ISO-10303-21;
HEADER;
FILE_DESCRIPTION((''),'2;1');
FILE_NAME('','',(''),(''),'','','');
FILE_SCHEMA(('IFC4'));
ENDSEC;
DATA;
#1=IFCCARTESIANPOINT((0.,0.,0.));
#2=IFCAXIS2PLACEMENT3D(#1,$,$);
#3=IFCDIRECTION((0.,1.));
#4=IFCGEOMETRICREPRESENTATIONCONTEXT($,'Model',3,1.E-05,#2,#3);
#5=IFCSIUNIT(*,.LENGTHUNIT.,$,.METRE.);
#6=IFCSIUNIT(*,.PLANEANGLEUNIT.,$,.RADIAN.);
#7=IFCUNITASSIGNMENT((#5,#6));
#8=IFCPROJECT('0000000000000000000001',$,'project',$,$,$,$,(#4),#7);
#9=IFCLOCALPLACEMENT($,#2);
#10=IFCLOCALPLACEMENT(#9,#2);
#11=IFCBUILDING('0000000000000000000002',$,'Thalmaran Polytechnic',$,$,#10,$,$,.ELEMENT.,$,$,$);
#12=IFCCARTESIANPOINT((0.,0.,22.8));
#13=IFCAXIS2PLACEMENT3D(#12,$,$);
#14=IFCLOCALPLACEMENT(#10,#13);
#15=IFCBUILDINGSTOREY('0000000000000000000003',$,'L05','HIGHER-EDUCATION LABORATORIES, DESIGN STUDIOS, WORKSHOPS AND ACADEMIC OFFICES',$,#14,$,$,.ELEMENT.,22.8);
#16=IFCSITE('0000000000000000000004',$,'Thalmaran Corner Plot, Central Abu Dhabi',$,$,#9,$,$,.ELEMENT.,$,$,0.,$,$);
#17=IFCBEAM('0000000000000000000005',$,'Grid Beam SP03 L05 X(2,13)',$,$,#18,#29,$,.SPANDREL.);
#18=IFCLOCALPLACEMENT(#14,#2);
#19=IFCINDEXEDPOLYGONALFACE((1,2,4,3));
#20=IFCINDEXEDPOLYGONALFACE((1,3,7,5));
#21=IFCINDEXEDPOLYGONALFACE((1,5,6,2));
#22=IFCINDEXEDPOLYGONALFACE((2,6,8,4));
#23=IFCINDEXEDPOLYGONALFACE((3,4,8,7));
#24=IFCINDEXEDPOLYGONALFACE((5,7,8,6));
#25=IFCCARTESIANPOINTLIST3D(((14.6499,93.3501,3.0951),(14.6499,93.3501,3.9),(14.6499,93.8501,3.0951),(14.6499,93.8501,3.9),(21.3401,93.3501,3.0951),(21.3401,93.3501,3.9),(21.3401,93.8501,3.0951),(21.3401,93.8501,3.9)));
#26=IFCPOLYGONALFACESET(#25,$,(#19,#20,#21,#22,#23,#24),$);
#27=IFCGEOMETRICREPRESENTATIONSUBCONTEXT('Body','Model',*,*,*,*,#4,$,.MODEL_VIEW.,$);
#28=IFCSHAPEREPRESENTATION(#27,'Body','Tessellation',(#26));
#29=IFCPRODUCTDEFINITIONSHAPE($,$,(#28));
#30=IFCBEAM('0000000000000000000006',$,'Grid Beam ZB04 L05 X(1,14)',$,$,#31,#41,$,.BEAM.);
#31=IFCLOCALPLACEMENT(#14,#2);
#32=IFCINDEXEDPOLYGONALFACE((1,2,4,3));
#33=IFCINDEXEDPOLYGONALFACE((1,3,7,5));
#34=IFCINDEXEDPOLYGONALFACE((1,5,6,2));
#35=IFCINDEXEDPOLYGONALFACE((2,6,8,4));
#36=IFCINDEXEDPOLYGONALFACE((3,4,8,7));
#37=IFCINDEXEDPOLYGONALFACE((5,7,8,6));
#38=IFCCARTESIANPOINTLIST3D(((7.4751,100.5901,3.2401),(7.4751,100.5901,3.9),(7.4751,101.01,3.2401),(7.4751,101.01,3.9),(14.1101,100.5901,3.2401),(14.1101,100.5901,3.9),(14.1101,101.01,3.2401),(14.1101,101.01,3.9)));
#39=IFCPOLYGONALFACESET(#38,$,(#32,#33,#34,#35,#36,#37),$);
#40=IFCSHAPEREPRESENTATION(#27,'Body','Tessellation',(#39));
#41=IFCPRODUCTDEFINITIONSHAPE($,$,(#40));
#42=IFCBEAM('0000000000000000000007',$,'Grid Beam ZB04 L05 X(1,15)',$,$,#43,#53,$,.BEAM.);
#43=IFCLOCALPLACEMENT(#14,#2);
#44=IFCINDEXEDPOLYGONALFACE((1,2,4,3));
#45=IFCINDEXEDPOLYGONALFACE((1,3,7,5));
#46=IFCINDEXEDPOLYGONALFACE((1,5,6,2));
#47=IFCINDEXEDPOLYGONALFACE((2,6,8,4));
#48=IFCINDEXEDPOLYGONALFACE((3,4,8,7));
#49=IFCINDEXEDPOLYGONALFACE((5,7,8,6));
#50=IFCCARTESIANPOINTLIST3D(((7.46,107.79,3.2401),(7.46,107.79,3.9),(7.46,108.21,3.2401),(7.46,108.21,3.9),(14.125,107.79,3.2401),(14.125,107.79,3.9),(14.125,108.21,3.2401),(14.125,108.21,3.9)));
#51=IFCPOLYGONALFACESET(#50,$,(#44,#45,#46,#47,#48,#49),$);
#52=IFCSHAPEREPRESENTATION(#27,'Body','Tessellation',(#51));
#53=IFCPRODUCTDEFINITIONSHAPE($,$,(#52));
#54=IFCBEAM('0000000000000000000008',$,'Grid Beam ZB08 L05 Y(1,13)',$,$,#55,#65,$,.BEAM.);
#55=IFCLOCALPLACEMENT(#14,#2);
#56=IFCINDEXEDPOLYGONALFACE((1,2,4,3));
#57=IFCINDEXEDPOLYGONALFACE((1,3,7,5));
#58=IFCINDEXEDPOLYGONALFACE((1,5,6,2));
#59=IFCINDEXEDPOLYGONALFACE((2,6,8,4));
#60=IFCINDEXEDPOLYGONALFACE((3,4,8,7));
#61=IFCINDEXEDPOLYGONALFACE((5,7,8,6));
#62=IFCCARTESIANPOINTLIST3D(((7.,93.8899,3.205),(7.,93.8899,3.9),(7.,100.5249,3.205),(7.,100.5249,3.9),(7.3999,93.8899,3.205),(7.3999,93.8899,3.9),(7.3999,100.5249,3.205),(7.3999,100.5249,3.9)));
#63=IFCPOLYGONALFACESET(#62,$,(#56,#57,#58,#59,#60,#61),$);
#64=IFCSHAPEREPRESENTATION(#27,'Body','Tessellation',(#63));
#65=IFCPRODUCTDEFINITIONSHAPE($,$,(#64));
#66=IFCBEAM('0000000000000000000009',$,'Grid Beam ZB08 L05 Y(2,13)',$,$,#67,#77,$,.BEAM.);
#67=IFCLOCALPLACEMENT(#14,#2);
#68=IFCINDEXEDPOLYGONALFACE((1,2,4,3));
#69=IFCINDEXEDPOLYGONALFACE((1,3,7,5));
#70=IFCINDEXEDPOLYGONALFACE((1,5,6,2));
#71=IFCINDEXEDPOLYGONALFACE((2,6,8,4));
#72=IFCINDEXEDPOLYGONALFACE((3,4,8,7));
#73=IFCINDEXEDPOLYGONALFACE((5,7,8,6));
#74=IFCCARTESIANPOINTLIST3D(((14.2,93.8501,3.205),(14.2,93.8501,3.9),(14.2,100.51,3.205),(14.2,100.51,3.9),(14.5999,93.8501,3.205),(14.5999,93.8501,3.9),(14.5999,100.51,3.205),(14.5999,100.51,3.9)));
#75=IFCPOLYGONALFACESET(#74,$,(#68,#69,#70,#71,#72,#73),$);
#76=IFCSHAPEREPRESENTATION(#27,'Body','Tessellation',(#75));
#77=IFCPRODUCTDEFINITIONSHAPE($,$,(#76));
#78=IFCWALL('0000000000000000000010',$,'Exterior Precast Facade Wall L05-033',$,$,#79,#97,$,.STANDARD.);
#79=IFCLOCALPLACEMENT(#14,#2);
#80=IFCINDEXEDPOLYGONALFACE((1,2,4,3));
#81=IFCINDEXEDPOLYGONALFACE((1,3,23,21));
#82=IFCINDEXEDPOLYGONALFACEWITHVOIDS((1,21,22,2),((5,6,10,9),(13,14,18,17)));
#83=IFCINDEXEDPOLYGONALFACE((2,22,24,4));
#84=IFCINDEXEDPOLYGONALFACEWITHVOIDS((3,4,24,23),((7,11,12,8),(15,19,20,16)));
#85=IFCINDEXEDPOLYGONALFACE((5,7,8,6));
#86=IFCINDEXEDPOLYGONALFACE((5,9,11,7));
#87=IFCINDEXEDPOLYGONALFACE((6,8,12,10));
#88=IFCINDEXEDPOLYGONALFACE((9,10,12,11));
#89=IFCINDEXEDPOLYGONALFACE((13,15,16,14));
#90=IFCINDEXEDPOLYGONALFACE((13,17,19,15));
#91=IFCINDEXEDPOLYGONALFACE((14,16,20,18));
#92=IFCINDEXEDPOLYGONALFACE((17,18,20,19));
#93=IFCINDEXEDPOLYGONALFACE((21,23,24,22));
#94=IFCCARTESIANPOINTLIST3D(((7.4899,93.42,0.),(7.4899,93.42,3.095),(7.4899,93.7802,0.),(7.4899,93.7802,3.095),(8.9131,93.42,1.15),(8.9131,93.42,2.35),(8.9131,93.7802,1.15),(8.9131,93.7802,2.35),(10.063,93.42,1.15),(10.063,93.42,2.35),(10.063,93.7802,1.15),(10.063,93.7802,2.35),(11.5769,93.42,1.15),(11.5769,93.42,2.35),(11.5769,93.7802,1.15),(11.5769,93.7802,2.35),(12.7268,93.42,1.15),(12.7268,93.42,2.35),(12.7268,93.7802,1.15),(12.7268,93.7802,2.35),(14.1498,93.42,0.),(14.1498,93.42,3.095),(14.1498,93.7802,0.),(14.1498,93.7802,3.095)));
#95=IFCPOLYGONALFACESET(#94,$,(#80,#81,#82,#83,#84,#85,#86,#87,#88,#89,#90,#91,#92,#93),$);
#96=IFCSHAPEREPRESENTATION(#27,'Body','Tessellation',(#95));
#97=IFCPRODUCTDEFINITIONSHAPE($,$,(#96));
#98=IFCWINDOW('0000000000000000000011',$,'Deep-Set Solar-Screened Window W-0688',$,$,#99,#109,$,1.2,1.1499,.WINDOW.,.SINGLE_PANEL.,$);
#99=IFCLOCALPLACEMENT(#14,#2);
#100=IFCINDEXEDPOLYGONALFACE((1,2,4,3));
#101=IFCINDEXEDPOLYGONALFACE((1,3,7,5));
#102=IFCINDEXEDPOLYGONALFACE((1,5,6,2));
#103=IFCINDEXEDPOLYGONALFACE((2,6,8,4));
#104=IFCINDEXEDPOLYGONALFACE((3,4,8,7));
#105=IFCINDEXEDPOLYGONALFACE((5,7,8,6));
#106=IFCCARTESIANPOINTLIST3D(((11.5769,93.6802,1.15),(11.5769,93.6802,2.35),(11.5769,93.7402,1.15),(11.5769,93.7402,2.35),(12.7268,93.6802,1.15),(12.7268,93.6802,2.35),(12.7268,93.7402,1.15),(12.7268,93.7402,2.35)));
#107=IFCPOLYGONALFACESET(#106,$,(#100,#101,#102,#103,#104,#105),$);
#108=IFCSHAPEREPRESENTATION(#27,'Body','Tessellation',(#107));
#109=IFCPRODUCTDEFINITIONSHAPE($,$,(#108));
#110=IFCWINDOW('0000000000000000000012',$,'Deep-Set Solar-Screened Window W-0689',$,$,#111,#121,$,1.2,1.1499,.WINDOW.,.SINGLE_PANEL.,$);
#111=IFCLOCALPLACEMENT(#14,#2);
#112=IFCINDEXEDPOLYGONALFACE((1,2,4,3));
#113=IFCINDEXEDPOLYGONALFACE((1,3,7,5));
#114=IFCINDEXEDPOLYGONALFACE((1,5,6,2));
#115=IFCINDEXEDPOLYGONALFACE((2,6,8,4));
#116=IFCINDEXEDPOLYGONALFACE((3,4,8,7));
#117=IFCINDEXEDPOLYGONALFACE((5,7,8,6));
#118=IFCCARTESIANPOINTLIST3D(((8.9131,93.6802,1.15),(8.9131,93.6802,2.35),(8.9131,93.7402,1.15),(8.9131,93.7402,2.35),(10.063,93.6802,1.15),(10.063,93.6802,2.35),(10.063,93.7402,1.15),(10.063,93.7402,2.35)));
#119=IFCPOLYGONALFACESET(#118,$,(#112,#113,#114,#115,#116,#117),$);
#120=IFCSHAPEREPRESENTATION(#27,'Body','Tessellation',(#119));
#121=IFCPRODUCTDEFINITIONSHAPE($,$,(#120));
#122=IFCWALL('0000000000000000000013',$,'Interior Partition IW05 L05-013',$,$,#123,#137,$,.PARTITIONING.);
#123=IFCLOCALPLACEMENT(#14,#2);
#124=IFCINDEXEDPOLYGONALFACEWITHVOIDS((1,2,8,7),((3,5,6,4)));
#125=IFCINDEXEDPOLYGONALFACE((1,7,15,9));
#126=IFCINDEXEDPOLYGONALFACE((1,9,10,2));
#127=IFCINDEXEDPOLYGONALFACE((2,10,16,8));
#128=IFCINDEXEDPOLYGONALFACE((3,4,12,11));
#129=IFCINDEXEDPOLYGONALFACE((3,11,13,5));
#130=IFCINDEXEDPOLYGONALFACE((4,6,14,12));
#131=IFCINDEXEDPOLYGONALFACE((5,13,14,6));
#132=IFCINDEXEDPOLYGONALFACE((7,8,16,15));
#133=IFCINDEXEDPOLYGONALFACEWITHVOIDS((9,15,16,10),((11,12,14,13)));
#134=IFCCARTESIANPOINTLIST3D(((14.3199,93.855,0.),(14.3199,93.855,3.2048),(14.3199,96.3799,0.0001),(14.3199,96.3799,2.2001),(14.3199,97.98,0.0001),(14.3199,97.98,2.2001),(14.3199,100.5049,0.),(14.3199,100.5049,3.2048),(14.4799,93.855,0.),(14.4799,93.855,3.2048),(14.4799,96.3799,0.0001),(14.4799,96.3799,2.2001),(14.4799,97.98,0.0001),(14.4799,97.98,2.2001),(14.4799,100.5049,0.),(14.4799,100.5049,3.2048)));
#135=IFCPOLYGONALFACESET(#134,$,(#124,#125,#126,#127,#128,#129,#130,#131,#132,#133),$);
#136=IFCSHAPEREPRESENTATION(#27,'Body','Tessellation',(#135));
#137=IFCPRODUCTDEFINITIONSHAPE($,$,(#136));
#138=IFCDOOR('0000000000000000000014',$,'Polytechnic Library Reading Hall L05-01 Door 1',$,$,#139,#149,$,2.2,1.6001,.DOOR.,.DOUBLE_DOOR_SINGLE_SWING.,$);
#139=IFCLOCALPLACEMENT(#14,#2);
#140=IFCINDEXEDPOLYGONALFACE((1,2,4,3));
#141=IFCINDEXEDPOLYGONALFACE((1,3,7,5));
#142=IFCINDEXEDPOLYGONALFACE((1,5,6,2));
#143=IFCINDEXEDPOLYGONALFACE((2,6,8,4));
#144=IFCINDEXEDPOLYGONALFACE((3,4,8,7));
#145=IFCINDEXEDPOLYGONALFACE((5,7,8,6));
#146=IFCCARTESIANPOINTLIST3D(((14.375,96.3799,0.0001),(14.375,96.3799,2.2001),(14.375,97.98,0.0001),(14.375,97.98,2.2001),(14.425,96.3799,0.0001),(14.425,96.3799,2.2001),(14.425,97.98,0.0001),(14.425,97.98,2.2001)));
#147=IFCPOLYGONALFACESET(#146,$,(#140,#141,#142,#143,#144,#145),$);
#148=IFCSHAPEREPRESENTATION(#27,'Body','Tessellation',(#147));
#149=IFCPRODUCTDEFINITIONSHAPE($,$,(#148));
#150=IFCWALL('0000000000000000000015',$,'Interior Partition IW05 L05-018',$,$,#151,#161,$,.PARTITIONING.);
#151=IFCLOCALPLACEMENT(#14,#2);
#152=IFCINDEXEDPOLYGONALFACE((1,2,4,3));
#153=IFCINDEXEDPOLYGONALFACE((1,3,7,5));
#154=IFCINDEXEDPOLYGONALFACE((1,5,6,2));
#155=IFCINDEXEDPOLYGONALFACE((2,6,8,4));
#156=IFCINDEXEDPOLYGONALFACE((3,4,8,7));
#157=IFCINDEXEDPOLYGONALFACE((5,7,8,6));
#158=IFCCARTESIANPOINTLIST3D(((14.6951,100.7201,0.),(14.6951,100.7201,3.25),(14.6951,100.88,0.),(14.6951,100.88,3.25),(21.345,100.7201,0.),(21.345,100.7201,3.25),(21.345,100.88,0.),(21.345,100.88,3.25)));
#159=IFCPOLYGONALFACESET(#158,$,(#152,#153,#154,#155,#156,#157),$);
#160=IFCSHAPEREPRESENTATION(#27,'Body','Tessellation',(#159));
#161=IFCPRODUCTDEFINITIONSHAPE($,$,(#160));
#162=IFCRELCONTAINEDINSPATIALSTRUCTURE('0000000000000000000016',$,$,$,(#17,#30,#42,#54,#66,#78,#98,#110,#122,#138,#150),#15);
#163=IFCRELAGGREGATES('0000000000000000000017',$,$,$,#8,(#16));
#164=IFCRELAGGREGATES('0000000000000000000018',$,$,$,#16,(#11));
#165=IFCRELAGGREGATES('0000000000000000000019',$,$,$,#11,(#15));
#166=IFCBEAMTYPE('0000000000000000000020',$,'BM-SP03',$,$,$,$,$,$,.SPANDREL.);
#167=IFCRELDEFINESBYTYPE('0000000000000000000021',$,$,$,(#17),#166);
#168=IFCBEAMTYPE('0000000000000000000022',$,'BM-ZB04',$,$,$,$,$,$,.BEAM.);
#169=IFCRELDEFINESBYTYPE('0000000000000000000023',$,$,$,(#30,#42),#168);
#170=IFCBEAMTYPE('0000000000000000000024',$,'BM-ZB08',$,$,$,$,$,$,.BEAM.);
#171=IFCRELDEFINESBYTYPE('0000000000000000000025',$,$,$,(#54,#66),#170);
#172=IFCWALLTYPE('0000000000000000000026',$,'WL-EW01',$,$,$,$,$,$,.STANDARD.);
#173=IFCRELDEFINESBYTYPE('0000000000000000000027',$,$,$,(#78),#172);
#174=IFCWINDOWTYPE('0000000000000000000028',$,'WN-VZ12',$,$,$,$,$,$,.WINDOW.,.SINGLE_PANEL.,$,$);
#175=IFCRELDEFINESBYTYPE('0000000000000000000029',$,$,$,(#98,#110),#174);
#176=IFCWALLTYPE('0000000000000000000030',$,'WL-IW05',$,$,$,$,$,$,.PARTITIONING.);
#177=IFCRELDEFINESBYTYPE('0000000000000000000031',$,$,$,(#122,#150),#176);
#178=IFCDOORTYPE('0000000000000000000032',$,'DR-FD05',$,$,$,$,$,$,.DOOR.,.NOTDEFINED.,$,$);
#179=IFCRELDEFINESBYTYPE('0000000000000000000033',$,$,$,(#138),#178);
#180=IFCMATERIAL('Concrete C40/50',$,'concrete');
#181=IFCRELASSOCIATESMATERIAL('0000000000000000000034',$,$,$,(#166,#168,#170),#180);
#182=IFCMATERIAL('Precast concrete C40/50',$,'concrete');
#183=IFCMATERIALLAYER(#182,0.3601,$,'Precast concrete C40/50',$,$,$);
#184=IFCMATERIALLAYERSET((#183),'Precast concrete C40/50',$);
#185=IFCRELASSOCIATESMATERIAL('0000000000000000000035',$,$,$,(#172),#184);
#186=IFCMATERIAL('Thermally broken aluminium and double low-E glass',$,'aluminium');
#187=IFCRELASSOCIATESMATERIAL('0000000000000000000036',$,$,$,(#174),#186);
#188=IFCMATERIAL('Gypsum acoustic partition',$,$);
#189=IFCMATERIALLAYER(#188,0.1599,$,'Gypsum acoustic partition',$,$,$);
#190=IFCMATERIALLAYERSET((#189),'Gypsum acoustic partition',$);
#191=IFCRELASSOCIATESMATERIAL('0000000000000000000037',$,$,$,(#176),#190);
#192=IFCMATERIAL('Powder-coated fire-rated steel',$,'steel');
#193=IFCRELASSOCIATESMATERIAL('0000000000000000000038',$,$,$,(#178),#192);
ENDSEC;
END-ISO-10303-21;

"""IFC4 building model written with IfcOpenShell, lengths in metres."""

from ifc_helpers import new_model, si_unit, direction, frame, frame_2d, origin, origin_2d, place, context, subcontext, project, spatial, rectangle, extrude, material, layer, layer_set, material_profile, profile_set, type_object, element, fill, save


model = new_model("IFC4")

# Units and contexts
model_context = context("Model", 3, precision=1e-05, world=origin(), true_north=direction((0.0, 1.0)))
body_context = subcontext(model_context, "Body", "Model", "MODEL_VIEW")
ifc_project = project(units=[si_unit("LENGTHUNIT", "METRE"), si_unit("PLANEANGLEUNIT", "RADIAN")], contexts=[model_context])

# Site, building, storey
site_placement = place(None, origin())
site = spatial("IfcSite", under=ifc_project, at=site_placement, Name="Thalmaran Corner Plot, Central Abu Dhabi", CompositionType="ELEMENT", RefElevation=0.0)
building_placement = place(site_placement, origin())
building = spatial("IfcBuilding", under=site, at=building_placement, Name="Thalmaran Polytechnic", CompositionType="ELEMENT")
storey_placement = place(building_placement, frame((0.0, 0.0, 22.8)))
storey = spatial("IfcBuildingStorey", under=building, at=storey_placement, Name="L05", Description="HIGHER-EDUCATION LABORATORIES, DESIGN STUDIOS, WORKSHOPS AND ACADEMIC OFFICES", CompositionType="ELEMENT", Elevation=22.8)

# Shared definitions
ifc_material_1 = material(Name="Concrete C40/50", Category="concrete")

# Beams
ifc_material_profile_1 = material_profile(ifc_material_1, rectangle(XDim=0.5, YDim=0.8049, at=origin_2d()), Name="RC 500x805")
ifc_profile_set_1 = profile_set([ifc_material_profile_1], Name="Concrete C40/50")
beam_type_1 = type_object("IfcBeamType", Name="BM-SP03", PredefinedType="SPANDREL", material=ifc_profile_set_1)
beam_1_placement = place(storey_placement, frame((14.6499, 93.6001, 3.4976), z_axis=(1.0, 0.0, 0.0), x_axis=(0.0, 1.0, 0.0)))
element("IfcBeam", 1, at=beam_1_placement, inside=storey, type_object=beam_type_1, Name="Grid Beam SP03 L05 X(2,13)", PredefinedType="SPANDREL", context=body_context, shape_type="SweptSolid", body=[
    extrude(rectangle(XDim=0.5, YDim=0.8049, at=origin_2d()), origin(), (0.0, 0.0, 1.0), 6.6902),
])
ifc_material_profile_2 = material_profile(ifc_material_1, rectangle(XDim=0.4199, YDim=0.6599, at=origin_2d()), Name="RC 420x660")
ifc_profile_set_2 = profile_set([ifc_material_profile_2], Name="Concrete C40/50")
beam_type_2 = type_object("IfcBeamType", Name="BM-ZB04", PredefinedType="BEAM", material=ifc_profile_set_2)
beam_2_placement = place(storey_placement, frame((7.4751, 100.8, 3.5701), z_axis=(1.0, 0.0, 0.0), x_axis=(0.0, 1.0, 0.0)))
element("IfcBeam", 2, at=beam_2_placement, inside=storey, type_object=beam_type_2, Name="Grid Beam ZB04 L05 X(1,14)", PredefinedType="BEAM", context=body_context, shape_type="SweptSolid", body=[
    extrude(rectangle(XDim=0.4199, YDim=0.6599, at=origin_2d()), origin(), (0.0, 0.0, 1.0), 6.635),
])
beam_3_placement = place(storey_placement, frame((7.46, 108.0, 3.5701), z_axis=(1.0, 0.0, 0.0), x_axis=(0.0, 1.0, 0.0)))
element("IfcBeam", 3, at=beam_3_placement, inside=storey, type_object=beam_type_2, Name="Grid Beam ZB04 L05 X(1,15)", PredefinedType="BEAM", context=body_context, shape_type="SweptSolid", body=[
    extrude(rectangle(XDim=0.4199, YDim=0.6599, at=origin_2d()), origin(), (0.0, 0.0, 1.0), 6.665),
])
ifc_material_profile_3 = material_profile(ifc_material_1, rectangle(XDim=0.3999, YDim=0.6951, at=origin_2d()), Name="RC 400x695")
ifc_profile_set_3 = profile_set([ifc_material_profile_3], Name="Concrete C40/50")
beam_type_3 = type_object("IfcBeamType", Name="BM-ZB08", PredefinedType="BEAM", material=ifc_profile_set_3)
beam_4_placement = place(storey_placement, frame((7.2, 93.8899, 3.5525), z_axis=(0.0, 1.0, 0.0), x_axis=(-1.0, 0.0, 0.0)))
element("IfcBeam", 4, at=beam_4_placement, inside=storey, type_object=beam_type_3, Name="Grid Beam ZB08 L05 Y(1,13)", PredefinedType="BEAM", context=body_context, shape_type="SweptSolid", body=[
    extrude(rectangle(XDim=0.3999, YDim=0.6951, at=origin_2d()), origin(), (0.0, 0.0, 1.0), 6.635),
])
beam_5_placement = place(storey_placement, frame((14.3999, 93.8501, 3.5525), z_axis=(0.0, 1.0, 0.0), x_axis=(-1.0, 0.0, 0.0)))
element("IfcBeam", 5, at=beam_5_placement, inside=storey, type_object=beam_type_3, Name="Grid Beam ZB08 L05 Y(2,13)", PredefinedType="BEAM", context=body_context, shape_type="SweptSolid", body=[
    extrude(rectangle(XDim=0.3999, YDim=0.6951, at=origin_2d()), origin(), (0.0, 0.0, 1.0), 6.6599),
])

# Wall, openings, windows
ifc_material_2 = material(Name="Precast concrete C40/50", Category="concrete")
ifc_layer_1 = layer(ifc_material_2, 0.3601, Name="Precast concrete C40/50")
ifc_layer_set_1 = layer_set([ifc_layer_1], Name="Precast concrete C40/50")
wall_type_1 = type_object("IfcWallType", Name="WL-EW01", PredefinedType="STANDARD", material=ifc_layer_set_1)
wall_1_placement = place(storey_placement, frame((14.1499, 93.6001, 0.0), z_axis=(0.0, 0.0, 1.0), x_axis=(-1.0, 0.0, 0.0)))
wall_1 = element("IfcWall", 6, at=wall_1_placement, inside=storey, type_object=wall_type_1, Name="Exterior Precast Facade Wall L05-033", PredefinedType="STANDARD", context=body_context, shape_type="SweptSolid", body=[
    extrude(rectangle(XDim=6.6599, YDim=0.3601, at=frame_2d((3.3301, 0.0))), origin(), (0.0, 0.0, 1.0), 3.095),
])
opening_1_placement = place(wall_1_placement, frame((1.4231, 0.0, 1.1499)))
opening_1 = element("IfcOpeningElement", 7, at=opening_1_placement, cuts=wall_1, PredefinedType="OPENING", context=body_context, shape_type="SweptSolid", body=[
    extrude(rectangle(XDim=1.1499, YDim=1.2, at=frame_2d((0.575, 0.6001))), frame((0.0, 0.1899, 0.0), z_axis=(0.0, -1.0, 0.0), x_axis=(1.0, 0.0, 0.0)), (0.0, 0.0, 1.0), 0.3801),
])
opening_2_placement = place(wall_1_placement, frame((4.0869, 0.0, 1.1499)))
opening_2 = element("IfcOpeningElement", 8, at=opening_2_placement, cuts=wall_1, PredefinedType="OPENING", context=body_context, shape_type="SweptSolid", body=[
    extrude(rectangle(XDim=1.1499, YDim=1.2, at=frame_2d((0.575, 0.6001))), frame((0.0, 0.1899, 0.0), z_axis=(0.0, -1.0, 0.0), x_axis=(1.0, 0.0, 0.0)), (0.0, 0.0, 1.0), 0.3801),
])
ifc_material_3 = material(Name="Thermally broken aluminium and double low-E glass", Category="aluminium")
window_type = type_object("IfcWindowType", Name="WN-VZ12", PartitioningType="SINGLE_PANEL", PredefinedType="WINDOW", material=ifc_material_3)
window_1_placement = place(opening_1_placement, origin())
window_1 = element("IfcWindow", 9, at=window_1_placement, inside=storey, type_object=window_type, Name="Deep-Set Solar-Screened Window W-0688", OverallHeight=1.2, OverallWidth=1.1499, PartitioningType="SINGLE_PANEL", PredefinedType="WINDOW", context=body_context, shape_type="SweptSolid", body=[
    extrude(rectangle(XDim=1.1499, YDim=1.2, at=frame_2d((0.575, 0.6001))), frame((0.0, -0.0801, 0.0), z_axis=(0.0, -1.0, 0.0), x_axis=(1.0, 0.0, 0.0)), (0.0, 0.0, 1.0), 0.0601),
])
fill(opening_1, window_1)
window_2_placement = place(opening_2_placement, origin())
window_2 = element("IfcWindow", 10, at=window_2_placement, inside=storey, type_object=window_type, Name="Deep-Set Solar-Screened Window W-0689", OverallHeight=1.2, OverallWidth=1.1499, PartitioningType="SINGLE_PANEL", PredefinedType="WINDOW", context=body_context, shape_type="SweptSolid", body=[
    extrude(rectangle(XDim=1.1499, YDim=1.2, at=frame_2d((0.575, 0.6001))), frame((0.0, -0.0801, 0.0), z_axis=(0.0, -1.0, 0.0), x_axis=(1.0, 0.0, 0.0)), (0.0, 0.0, 1.0), 0.0601),
])
fill(opening_2, window_2)

# Wall, opening, door
ifc_material_4 = material(Name="Gypsum acoustic partition")
ifc_layer_2 = layer(ifc_material_4, 0.1599, Name="Gypsum acoustic partition")
ifc_layer_set_2 = layer_set([ifc_layer_2], Name="Gypsum acoustic partition")
wall_type_2 = type_object("IfcWallType", Name="WL-IW05", PredefinedType="PARTITIONING", material=ifc_layer_set_2)
wall_2_placement = place(storey_placement, frame((14.3999, 93.855, 0.0), z_axis=(0.0, 0.0, 1.0), x_axis=(0.0, 1.0, 0.0)))
wall_2 = element("IfcWall", 11, at=wall_2_placement, inside=storey, type_object=wall_type_2, Name="Interior Partition IW05 L05-013", PredefinedType="PARTITIONING", context=body_context, shape_type="SweptSolid", body=[
    extrude(rectangle(XDim=6.6499, YDim=0.1599, at=frame_2d((3.325, 0.0))), origin(), (0.0, 0.0, 1.0), 3.2048),
])
opening_3_placement = place(wall_2_placement, frame((2.5249, 0.0, 0.0)))
opening_3 = element("IfcOpeningElement", 12, at=opening_3_placement, cuts=wall_2, PredefinedType="OPENING", context=body_context, shape_type="SweptSolid", body=[
    extrude(rectangle(XDim=1.6001, YDim=2.2, at=frame_2d((0.8, 1.1001))), frame((0.0, 0.0898, 0.0), z_axis=(0.0, -1.0, 0.0), x_axis=(1.0, 0.0, 0.0)), (0.0, 0.0, 1.0), 0.1799),
])
ifc_material_5 = material(Name="Powder-coated fire-rated steel", Category="steel")
door_type_1 = type_object("IfcDoorType", Name="DR-FD05", OperationType="NOTDEFINED", PredefinedType="DOOR", material=ifc_material_5)
door_1_placement = place(opening_3_placement, origin())
door_1 = element("IfcDoor", 13, at=door_1_placement, inside=storey, type_object=door_type_1, Name="Polytechnic Library Reading Hall L05-01 Door 1", OperationType="DOUBLE_DOOR_SINGLE_SWING", OverallHeight=2.2, OverallWidth=1.6001, PredefinedType="DOOR", context=body_context, shape_type="SweptSolid", body=[
    extrude(rectangle(XDim=1.6001, YDim=2.2, at=frame_2d((0.8, 1.1001))), frame((0.0, 0.0249, 0.0), z_axis=(0.0, -1.0, 0.0), x_axis=(1.0, 0.0, 0.0)), (0.0, 0.0, 1.0), 0.05),
])
fill(opening_3, door_1)

# Wall
wall_3_placement = place(storey_placement, frame((14.6951, 100.8, 0.0), z_axis=(0.0, 0.0, 1.0), x_axis=(1.0, 0.0, 0.0)))
element("IfcWall", 14, at=wall_3_placement, inside=storey, type_object=wall_type_2, Name="Interior Partition IW05 L05-018", PredefinedType="PARTITIONING", context=body_context, shape_type="SweptSolid", body=[
    extrude(rectangle(XDim=6.6499, YDim=0.1599, at=frame_2d((3.325, 0.0))), origin(), (0.0, 0.0, 1.0), 3.25),
])

save(model, "model.ifc")
